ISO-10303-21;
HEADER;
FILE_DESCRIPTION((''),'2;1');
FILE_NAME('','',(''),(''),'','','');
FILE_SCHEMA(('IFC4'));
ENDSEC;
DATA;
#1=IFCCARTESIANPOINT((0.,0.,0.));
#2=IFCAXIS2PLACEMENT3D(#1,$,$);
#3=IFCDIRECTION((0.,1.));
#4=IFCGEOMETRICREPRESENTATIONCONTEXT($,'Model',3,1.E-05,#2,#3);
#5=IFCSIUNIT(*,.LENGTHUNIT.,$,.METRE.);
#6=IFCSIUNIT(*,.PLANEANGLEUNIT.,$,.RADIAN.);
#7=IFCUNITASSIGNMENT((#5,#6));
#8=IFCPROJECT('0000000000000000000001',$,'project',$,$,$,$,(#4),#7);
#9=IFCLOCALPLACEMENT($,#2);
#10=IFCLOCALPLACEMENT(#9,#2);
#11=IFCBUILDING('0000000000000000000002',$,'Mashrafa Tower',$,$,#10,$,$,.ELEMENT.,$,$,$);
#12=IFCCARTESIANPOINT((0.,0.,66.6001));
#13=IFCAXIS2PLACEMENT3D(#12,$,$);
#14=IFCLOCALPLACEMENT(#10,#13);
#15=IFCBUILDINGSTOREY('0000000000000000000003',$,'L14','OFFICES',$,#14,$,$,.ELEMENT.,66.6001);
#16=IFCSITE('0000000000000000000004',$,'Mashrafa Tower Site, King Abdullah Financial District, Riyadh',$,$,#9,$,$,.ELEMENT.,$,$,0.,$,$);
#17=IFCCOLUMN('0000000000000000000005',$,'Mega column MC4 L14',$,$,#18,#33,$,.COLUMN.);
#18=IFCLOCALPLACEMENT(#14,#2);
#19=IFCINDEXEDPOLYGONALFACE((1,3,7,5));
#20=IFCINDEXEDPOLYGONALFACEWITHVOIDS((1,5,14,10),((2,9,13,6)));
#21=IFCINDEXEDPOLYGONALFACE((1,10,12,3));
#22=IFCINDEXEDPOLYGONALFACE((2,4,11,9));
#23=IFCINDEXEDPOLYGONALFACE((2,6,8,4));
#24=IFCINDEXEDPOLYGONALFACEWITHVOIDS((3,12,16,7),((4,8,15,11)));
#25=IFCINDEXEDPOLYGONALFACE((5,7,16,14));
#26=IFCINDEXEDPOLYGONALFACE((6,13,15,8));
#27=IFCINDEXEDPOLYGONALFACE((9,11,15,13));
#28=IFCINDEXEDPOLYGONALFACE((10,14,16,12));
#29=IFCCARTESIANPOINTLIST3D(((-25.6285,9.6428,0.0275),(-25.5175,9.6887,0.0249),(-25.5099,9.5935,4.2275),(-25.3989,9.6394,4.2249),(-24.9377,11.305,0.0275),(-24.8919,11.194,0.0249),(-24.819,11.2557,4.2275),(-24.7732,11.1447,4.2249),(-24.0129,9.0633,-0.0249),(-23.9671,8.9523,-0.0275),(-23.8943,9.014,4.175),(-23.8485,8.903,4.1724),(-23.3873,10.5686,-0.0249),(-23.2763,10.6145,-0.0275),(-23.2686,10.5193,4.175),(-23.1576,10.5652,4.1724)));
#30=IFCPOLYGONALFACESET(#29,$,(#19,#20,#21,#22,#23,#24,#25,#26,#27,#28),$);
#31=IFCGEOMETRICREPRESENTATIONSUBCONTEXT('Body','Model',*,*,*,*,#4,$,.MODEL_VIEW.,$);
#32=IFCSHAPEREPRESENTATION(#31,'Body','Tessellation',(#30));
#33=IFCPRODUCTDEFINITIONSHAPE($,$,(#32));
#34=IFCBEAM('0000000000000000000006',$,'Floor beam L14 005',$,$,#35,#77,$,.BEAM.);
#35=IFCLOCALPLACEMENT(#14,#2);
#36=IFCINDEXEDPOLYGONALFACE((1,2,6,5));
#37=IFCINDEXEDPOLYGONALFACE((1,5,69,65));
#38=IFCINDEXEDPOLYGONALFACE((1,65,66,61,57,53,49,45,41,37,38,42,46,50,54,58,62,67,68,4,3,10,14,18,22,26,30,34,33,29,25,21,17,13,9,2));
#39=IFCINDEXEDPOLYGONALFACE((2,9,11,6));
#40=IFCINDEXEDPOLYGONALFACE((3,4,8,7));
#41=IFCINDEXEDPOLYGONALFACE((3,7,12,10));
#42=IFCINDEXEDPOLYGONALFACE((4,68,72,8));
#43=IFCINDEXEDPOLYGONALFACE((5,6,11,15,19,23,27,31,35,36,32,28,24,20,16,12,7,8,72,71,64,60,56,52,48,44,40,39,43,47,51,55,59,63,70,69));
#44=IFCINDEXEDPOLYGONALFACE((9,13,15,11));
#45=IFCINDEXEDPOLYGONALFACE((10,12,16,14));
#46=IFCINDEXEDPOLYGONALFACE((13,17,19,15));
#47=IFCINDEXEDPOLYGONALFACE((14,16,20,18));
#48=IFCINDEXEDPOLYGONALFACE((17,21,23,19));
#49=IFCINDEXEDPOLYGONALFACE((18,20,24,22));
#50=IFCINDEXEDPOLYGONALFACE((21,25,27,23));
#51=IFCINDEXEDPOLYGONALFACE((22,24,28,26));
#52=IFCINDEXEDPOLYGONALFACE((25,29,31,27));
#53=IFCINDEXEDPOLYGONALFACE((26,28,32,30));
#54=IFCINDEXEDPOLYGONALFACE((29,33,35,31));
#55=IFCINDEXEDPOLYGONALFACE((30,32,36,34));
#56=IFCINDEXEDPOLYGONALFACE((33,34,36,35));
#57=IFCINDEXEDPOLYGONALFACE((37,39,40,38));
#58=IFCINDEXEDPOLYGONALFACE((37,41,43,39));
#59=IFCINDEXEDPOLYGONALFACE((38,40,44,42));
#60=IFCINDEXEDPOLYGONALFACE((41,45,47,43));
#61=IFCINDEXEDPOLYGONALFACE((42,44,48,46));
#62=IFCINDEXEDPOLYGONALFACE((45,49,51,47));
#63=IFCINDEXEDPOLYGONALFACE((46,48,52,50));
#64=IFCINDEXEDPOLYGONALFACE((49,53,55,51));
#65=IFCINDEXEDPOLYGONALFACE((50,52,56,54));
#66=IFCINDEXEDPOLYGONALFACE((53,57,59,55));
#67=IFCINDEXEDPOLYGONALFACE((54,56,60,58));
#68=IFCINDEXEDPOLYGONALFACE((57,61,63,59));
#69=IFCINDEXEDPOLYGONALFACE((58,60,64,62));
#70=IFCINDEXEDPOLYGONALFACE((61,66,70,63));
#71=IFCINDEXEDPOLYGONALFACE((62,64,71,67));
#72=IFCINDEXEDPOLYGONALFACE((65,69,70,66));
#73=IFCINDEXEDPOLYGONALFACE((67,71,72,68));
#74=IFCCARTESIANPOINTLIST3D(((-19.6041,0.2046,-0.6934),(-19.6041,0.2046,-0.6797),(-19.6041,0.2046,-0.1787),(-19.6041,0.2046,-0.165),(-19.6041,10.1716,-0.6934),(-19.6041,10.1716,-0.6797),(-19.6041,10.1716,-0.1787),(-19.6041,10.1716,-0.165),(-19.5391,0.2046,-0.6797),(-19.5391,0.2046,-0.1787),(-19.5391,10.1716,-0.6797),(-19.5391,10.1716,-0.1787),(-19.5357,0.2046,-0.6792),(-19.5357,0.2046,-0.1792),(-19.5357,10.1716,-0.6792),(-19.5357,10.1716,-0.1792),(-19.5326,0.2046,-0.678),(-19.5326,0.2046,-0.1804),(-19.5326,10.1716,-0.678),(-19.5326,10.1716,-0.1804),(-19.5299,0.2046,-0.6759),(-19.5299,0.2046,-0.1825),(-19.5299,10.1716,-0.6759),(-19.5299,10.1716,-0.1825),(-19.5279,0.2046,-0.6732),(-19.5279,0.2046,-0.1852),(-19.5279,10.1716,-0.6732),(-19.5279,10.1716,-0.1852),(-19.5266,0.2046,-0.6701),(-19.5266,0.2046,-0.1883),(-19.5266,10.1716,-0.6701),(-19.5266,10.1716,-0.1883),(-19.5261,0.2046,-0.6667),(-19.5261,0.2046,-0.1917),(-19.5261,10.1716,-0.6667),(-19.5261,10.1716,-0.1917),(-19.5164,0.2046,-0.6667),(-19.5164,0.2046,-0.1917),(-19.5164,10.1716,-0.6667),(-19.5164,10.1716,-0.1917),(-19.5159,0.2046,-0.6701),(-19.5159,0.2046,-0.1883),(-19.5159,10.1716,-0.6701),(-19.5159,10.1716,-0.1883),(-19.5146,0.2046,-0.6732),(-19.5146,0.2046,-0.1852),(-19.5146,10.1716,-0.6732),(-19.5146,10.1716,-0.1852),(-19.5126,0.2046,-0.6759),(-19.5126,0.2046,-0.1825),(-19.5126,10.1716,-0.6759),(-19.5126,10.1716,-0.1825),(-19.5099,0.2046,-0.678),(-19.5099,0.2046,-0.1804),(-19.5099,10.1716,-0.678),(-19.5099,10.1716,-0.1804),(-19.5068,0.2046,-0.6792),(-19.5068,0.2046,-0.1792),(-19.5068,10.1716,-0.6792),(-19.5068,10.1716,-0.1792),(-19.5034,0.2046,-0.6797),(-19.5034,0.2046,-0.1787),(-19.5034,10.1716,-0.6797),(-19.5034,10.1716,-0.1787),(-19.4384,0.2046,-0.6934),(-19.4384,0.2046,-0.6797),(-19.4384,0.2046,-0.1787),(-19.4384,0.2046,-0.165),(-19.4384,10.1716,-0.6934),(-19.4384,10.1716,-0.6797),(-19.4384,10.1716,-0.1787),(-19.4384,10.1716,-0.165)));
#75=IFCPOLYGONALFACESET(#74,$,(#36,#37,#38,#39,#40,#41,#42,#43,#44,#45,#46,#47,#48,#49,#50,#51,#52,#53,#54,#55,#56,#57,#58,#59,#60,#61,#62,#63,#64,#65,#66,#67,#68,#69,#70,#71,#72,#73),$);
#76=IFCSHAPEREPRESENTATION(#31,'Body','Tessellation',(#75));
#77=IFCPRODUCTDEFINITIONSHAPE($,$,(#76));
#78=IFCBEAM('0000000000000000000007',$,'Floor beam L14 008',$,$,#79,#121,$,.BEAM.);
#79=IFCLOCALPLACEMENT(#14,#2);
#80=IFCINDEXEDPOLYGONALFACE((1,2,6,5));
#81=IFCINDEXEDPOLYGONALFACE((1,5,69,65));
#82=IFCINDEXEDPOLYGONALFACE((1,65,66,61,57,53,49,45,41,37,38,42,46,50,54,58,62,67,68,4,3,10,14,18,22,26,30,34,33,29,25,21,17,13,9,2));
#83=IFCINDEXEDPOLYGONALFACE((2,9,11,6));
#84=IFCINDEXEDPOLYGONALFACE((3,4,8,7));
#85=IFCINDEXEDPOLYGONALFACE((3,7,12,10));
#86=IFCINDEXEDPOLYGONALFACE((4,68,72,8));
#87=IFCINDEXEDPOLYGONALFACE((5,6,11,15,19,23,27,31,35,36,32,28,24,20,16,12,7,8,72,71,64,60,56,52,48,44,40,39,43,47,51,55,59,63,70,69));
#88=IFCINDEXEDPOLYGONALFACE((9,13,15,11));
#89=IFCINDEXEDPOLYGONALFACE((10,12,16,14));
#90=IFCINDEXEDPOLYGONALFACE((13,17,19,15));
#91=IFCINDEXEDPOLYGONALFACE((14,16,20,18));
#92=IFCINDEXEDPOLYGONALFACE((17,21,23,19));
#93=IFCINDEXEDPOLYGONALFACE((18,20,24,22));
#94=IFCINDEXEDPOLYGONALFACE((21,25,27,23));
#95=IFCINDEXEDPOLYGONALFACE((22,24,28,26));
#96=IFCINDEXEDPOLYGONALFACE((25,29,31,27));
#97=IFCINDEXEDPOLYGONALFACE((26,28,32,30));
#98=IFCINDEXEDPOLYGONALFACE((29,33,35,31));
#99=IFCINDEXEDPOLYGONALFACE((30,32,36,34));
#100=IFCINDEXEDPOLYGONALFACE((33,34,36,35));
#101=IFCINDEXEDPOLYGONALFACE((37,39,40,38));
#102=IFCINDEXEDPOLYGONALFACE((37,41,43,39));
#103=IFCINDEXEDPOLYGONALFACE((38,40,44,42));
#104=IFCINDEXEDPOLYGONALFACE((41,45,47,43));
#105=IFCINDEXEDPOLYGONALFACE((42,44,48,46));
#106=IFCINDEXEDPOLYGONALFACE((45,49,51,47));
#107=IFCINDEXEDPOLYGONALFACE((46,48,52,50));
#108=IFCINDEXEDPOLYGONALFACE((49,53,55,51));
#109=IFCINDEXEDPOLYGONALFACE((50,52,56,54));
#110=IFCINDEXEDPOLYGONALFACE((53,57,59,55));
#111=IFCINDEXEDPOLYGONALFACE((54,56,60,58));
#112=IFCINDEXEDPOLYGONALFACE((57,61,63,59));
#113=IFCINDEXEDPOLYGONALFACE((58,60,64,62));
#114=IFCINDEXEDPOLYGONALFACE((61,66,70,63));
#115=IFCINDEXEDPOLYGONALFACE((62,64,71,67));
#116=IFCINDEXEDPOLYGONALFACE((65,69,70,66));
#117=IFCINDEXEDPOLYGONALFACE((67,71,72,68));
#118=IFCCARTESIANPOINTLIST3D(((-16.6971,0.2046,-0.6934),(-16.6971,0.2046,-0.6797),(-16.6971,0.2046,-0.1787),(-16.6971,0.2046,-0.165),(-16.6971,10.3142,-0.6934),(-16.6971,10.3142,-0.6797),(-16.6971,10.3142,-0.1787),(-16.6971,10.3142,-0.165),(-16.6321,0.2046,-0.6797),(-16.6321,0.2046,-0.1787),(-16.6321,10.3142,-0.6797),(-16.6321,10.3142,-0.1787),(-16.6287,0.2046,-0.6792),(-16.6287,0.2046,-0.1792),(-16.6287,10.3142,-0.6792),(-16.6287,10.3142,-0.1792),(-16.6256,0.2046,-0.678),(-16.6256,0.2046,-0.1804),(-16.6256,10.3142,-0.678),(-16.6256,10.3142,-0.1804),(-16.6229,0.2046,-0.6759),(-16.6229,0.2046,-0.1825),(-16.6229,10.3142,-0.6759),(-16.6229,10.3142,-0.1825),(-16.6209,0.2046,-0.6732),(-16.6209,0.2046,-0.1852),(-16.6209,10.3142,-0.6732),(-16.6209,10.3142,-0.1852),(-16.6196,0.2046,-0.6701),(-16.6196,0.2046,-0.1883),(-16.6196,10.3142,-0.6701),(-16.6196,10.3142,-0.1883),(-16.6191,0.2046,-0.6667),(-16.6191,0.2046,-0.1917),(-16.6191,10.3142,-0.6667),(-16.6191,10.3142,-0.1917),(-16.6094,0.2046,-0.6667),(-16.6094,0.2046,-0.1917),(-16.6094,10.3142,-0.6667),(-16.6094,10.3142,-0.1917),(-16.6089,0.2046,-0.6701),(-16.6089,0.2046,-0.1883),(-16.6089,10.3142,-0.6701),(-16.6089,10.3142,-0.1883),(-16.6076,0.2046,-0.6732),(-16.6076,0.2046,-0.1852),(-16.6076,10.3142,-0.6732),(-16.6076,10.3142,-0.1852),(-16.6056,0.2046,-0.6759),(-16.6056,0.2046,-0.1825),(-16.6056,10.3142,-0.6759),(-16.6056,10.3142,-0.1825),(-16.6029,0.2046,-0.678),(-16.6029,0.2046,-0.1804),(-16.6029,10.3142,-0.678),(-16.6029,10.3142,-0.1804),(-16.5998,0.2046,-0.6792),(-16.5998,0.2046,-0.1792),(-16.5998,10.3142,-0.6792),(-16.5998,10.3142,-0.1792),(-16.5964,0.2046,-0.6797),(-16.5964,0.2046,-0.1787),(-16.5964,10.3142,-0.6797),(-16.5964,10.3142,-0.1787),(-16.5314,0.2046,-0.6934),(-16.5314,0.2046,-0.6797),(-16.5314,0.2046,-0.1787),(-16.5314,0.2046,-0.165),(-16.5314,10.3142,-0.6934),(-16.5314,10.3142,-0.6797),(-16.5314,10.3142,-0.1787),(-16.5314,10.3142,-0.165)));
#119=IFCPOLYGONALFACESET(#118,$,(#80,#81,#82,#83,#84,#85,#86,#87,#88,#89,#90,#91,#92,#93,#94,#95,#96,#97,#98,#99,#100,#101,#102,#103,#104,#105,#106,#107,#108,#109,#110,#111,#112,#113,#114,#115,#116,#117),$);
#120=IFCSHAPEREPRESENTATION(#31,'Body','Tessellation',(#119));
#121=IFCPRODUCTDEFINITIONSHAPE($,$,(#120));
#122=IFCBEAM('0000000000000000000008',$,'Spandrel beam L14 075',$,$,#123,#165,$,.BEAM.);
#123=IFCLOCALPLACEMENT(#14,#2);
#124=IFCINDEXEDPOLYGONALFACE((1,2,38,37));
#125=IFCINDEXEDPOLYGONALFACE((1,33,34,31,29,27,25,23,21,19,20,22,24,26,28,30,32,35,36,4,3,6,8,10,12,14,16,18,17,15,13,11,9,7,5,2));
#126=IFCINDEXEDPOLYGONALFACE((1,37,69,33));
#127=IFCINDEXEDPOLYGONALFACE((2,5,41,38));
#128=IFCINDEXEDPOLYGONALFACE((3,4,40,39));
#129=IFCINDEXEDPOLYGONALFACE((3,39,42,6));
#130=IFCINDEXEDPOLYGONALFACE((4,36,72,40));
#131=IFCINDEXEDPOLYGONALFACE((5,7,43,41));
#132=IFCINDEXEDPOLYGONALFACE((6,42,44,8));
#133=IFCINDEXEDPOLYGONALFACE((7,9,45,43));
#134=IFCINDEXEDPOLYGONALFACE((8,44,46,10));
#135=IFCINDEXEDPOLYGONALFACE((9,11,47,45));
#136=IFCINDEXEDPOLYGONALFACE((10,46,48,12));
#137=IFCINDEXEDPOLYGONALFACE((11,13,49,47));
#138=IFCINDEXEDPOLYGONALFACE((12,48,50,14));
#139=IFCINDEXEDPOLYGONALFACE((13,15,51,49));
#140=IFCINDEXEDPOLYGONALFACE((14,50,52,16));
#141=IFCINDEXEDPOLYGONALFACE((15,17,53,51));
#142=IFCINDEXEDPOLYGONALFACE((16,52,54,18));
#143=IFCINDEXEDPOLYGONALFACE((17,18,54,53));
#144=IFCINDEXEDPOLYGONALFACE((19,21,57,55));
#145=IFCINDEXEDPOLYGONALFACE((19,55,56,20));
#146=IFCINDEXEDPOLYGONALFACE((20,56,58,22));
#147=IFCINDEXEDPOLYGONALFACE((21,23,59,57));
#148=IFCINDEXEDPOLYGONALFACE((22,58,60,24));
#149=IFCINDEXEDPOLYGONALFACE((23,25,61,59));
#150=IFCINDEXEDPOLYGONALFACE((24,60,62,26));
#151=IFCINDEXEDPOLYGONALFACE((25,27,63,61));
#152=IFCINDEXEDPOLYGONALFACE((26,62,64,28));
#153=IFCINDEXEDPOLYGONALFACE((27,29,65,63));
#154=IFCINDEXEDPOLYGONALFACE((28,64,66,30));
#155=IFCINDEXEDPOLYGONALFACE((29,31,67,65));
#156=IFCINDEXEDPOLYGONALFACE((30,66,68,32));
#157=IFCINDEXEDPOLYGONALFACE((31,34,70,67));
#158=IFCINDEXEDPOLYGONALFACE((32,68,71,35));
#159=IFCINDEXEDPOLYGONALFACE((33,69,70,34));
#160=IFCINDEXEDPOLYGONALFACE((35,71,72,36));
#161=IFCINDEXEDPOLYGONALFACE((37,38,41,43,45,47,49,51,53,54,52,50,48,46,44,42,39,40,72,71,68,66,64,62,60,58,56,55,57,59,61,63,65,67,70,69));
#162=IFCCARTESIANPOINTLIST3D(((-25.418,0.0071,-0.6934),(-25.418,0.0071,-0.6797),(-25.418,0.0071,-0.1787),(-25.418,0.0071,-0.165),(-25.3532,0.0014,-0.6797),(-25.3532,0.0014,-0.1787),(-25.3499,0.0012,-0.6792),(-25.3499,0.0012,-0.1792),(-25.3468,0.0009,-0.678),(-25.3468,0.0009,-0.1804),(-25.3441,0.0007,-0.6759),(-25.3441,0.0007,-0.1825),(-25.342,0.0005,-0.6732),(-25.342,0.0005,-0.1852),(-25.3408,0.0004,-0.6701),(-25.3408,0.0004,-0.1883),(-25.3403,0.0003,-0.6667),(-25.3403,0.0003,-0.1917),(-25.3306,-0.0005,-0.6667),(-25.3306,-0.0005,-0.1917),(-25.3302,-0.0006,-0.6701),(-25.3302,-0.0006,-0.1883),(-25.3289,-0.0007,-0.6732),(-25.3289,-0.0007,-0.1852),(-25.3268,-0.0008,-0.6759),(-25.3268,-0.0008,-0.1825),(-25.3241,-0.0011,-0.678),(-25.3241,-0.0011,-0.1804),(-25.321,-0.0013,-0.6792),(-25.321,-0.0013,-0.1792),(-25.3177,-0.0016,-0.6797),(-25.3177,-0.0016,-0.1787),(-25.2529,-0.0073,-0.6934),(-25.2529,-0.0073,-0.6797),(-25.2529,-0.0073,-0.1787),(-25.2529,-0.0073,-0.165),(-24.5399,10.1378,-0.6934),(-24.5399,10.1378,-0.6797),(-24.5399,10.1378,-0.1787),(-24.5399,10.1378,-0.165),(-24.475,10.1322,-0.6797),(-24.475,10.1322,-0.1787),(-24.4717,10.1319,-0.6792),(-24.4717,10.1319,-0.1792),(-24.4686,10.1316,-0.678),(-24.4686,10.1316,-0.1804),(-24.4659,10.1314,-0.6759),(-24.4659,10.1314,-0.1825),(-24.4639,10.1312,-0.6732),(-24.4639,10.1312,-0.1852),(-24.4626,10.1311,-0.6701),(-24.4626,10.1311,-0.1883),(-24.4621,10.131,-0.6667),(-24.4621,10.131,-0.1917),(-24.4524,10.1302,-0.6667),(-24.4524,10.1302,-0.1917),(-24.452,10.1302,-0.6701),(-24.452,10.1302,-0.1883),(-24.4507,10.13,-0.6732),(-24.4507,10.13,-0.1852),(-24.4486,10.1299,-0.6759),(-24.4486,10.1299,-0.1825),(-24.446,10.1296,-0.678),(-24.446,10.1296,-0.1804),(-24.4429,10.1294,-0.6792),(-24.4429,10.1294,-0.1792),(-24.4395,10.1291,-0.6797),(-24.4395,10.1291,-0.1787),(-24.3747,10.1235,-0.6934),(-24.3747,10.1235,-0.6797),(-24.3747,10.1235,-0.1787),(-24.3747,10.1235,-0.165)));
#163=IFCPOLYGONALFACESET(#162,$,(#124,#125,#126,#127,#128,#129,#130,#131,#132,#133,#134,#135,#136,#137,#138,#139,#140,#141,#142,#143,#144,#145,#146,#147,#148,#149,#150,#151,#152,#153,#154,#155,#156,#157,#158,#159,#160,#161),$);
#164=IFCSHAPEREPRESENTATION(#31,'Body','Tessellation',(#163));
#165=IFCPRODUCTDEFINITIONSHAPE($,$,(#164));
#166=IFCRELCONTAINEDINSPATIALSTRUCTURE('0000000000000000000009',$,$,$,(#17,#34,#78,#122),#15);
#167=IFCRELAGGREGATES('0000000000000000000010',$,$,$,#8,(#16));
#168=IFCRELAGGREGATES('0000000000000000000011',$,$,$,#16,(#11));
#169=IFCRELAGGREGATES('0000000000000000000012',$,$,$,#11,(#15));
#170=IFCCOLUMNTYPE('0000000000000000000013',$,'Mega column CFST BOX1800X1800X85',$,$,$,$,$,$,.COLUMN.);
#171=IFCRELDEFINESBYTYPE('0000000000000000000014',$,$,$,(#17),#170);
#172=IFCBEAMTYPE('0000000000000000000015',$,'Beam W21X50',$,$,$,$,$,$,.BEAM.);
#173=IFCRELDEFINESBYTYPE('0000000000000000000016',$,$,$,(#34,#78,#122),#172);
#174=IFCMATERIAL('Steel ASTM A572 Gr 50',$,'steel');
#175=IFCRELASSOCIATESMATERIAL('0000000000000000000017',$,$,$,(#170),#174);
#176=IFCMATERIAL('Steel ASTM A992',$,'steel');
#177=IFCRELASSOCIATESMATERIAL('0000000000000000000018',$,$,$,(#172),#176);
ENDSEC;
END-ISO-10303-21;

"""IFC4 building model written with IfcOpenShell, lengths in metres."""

from ifc_helpers import new_model, si_unit, direction, frame, origin, origin_2d, place, context, subcontext, project, spatial, hollow_rectangle, i_section, extrude, material, material_profile, profile_set, type_object, element, save


model = new_model("IFC4")

# Units and contexts
model_context = context("Model", 3, precision=1e-05, world=origin(), true_north=direction((0.0, 1.0)))
body_context = subcontext(model_context, "Body", "Model", "MODEL_VIEW")
ifc_project = project(units=[si_unit("LENGTHUNIT", "METRE"), si_unit("PLANEANGLEUNIT", "RADIAN")], contexts=[model_context])

# Site, building, storey
site_placement = place(None, origin())
site = spatial("IfcSite", under=ifc_project, at=site_placement, Name="Mashrafa Tower Site, King Abdullah Financial District, Riyadh", CompositionType="ELEMENT", RefElevation=0.0)
building_placement = place(site_placement, origin())
building = spatial("IfcBuilding", under=site, at=building_placement, Name="Mashrafa Tower", CompositionType="ELEMENT")
storey_placement = place(building_placement, frame((0.0, 0.0, 66.6001)))
storey = spatial("IfcBuildingStorey", under=building, at=storey_placement, Name="L14", Description="OFFICES", CompositionType="ELEMENT", Elevation=66.6001)

# Column
ifc_material_1 = material(Name="Steel ASTM A572 Gr 50", Category="steel")
ifc_material_profile_1 = material_profile(ifc_material_1, hollow_rectangle(XDim=1.8, YDim=1.8, WallThickness=0.085, at=origin_2d()), Name="BOX1800X1800X85")
ifc_profile_set_1 = profile_set([ifc_material_profile_1], Name="Steel ASTM A572 Gr 50")
column_type = type_object("IfcColumnType", Name="Mega column CFST BOX1800X1800X85", PredefinedType="COLUMN", material=ifc_profile_set_1)
column_placement = place(storey_placement, frame((-24.4524, 10.1287, 0.0), z_axis=(0.028238, -0.011737, 0.999532), x_axis=(0.383806, 0.923414, 0.0)))
element("IfcColumn", 1, at=column_placement, inside=storey, type_object=column_type, Name="Mega column MC4 L14", PredefinedType="COLUMN", context=body_context, shape_type="SweptSolid", body=[
    extrude(hollow_rectangle(XDim=1.8, YDim=1.8, WallThickness=0.085, at=origin_2d()), origin(), (0.0, 0.0, 1.0), 4.2019),
])

# Beams
ifc_material_2 = material(Name="Steel ASTM A992", Category="steel")
ifc_material_profile_2 = material_profile(ifc_material_2, i_section(OverallWidth=0.1658, OverallDepth=0.5283, WebThickness=0.0098, FlangeThickness=0.0137, FilletRadius=0.0129, at=origin_2d()), Name="W21X50")
ifc_profile_set_2 = profile_set([ifc_material_profile_2], Name="Steel ASTM A992")
beam_type_1 = type_object("IfcBeamType", Name="Beam W21X50", PredefinedType="BEAM", material=ifc_profile_set_2)
beam_1_placement = place(storey_placement, frame((-19.5212, 0.2046, -0.4292), z_axis=(0.0, 1.0, 0.0), x_axis=(-1.0, 0.0, 0.0)))
element("IfcBeam", 2, at=beam_1_placement, inside=storey, type_object=beam_type_1, Name="Floor beam L14 005", PredefinedType="BEAM", context=body_context, shape_type="SweptSolid", body=[
    extrude(i_section(OverallWidth=0.1658, OverallDepth=0.5283, WebThickness=0.0098, FlangeThickness=0.0137, FilletRadius=0.0129, at=origin_2d()), origin(), (0.0, 0.0, 1.0), 9.967),
])
beam_2_placement = place(storey_placement, frame((-16.6143, 0.2046, -0.4292), z_axis=(0.0, 1.0, 0.0), x_axis=(-1.0, 0.0, 0.0)))
element("IfcBeam", 3, at=beam_2_placement, inside=storey, type_object=beam_type_1, Name="Floor beam L14 008", PredefinedType="BEAM", context=body_context, shape_type="SweptSolid", body=[
    extrude(i_section(OverallWidth=0.1658, OverallDepth=0.5283, WebThickness=0.0098, FlangeThickness=0.0137, FilletRadius=0.0129, at=origin_2d()), origin(), (0.0, 0.0, 1.0), 10.1096),
])
beam_3_placement = place(storey_placement, frame((-24.4573, 10.1306, -0.4292), z_axis=(-0.086361, -0.996264, 0.0), x_axis=(0.996264, -0.086361, 0.0)))
element("IfcBeam", 4, at=beam_3_placement, inside=storey, type_object=beam_type_1, Name="Spandrel beam L14 075", PredefinedType="BEAM", context=body_context, shape_type="SweptSolid", body=[
    extrude(i_section(OverallWidth=0.1658, OverallDepth=0.5283, WebThickness=0.0098, FlangeThickness=0.0137, FilletRadius=0.0129, at=origin_2d()), origin(), (0.0, 0.0, 1.0), 10.1687),
])

save(model, "model.ifc")
